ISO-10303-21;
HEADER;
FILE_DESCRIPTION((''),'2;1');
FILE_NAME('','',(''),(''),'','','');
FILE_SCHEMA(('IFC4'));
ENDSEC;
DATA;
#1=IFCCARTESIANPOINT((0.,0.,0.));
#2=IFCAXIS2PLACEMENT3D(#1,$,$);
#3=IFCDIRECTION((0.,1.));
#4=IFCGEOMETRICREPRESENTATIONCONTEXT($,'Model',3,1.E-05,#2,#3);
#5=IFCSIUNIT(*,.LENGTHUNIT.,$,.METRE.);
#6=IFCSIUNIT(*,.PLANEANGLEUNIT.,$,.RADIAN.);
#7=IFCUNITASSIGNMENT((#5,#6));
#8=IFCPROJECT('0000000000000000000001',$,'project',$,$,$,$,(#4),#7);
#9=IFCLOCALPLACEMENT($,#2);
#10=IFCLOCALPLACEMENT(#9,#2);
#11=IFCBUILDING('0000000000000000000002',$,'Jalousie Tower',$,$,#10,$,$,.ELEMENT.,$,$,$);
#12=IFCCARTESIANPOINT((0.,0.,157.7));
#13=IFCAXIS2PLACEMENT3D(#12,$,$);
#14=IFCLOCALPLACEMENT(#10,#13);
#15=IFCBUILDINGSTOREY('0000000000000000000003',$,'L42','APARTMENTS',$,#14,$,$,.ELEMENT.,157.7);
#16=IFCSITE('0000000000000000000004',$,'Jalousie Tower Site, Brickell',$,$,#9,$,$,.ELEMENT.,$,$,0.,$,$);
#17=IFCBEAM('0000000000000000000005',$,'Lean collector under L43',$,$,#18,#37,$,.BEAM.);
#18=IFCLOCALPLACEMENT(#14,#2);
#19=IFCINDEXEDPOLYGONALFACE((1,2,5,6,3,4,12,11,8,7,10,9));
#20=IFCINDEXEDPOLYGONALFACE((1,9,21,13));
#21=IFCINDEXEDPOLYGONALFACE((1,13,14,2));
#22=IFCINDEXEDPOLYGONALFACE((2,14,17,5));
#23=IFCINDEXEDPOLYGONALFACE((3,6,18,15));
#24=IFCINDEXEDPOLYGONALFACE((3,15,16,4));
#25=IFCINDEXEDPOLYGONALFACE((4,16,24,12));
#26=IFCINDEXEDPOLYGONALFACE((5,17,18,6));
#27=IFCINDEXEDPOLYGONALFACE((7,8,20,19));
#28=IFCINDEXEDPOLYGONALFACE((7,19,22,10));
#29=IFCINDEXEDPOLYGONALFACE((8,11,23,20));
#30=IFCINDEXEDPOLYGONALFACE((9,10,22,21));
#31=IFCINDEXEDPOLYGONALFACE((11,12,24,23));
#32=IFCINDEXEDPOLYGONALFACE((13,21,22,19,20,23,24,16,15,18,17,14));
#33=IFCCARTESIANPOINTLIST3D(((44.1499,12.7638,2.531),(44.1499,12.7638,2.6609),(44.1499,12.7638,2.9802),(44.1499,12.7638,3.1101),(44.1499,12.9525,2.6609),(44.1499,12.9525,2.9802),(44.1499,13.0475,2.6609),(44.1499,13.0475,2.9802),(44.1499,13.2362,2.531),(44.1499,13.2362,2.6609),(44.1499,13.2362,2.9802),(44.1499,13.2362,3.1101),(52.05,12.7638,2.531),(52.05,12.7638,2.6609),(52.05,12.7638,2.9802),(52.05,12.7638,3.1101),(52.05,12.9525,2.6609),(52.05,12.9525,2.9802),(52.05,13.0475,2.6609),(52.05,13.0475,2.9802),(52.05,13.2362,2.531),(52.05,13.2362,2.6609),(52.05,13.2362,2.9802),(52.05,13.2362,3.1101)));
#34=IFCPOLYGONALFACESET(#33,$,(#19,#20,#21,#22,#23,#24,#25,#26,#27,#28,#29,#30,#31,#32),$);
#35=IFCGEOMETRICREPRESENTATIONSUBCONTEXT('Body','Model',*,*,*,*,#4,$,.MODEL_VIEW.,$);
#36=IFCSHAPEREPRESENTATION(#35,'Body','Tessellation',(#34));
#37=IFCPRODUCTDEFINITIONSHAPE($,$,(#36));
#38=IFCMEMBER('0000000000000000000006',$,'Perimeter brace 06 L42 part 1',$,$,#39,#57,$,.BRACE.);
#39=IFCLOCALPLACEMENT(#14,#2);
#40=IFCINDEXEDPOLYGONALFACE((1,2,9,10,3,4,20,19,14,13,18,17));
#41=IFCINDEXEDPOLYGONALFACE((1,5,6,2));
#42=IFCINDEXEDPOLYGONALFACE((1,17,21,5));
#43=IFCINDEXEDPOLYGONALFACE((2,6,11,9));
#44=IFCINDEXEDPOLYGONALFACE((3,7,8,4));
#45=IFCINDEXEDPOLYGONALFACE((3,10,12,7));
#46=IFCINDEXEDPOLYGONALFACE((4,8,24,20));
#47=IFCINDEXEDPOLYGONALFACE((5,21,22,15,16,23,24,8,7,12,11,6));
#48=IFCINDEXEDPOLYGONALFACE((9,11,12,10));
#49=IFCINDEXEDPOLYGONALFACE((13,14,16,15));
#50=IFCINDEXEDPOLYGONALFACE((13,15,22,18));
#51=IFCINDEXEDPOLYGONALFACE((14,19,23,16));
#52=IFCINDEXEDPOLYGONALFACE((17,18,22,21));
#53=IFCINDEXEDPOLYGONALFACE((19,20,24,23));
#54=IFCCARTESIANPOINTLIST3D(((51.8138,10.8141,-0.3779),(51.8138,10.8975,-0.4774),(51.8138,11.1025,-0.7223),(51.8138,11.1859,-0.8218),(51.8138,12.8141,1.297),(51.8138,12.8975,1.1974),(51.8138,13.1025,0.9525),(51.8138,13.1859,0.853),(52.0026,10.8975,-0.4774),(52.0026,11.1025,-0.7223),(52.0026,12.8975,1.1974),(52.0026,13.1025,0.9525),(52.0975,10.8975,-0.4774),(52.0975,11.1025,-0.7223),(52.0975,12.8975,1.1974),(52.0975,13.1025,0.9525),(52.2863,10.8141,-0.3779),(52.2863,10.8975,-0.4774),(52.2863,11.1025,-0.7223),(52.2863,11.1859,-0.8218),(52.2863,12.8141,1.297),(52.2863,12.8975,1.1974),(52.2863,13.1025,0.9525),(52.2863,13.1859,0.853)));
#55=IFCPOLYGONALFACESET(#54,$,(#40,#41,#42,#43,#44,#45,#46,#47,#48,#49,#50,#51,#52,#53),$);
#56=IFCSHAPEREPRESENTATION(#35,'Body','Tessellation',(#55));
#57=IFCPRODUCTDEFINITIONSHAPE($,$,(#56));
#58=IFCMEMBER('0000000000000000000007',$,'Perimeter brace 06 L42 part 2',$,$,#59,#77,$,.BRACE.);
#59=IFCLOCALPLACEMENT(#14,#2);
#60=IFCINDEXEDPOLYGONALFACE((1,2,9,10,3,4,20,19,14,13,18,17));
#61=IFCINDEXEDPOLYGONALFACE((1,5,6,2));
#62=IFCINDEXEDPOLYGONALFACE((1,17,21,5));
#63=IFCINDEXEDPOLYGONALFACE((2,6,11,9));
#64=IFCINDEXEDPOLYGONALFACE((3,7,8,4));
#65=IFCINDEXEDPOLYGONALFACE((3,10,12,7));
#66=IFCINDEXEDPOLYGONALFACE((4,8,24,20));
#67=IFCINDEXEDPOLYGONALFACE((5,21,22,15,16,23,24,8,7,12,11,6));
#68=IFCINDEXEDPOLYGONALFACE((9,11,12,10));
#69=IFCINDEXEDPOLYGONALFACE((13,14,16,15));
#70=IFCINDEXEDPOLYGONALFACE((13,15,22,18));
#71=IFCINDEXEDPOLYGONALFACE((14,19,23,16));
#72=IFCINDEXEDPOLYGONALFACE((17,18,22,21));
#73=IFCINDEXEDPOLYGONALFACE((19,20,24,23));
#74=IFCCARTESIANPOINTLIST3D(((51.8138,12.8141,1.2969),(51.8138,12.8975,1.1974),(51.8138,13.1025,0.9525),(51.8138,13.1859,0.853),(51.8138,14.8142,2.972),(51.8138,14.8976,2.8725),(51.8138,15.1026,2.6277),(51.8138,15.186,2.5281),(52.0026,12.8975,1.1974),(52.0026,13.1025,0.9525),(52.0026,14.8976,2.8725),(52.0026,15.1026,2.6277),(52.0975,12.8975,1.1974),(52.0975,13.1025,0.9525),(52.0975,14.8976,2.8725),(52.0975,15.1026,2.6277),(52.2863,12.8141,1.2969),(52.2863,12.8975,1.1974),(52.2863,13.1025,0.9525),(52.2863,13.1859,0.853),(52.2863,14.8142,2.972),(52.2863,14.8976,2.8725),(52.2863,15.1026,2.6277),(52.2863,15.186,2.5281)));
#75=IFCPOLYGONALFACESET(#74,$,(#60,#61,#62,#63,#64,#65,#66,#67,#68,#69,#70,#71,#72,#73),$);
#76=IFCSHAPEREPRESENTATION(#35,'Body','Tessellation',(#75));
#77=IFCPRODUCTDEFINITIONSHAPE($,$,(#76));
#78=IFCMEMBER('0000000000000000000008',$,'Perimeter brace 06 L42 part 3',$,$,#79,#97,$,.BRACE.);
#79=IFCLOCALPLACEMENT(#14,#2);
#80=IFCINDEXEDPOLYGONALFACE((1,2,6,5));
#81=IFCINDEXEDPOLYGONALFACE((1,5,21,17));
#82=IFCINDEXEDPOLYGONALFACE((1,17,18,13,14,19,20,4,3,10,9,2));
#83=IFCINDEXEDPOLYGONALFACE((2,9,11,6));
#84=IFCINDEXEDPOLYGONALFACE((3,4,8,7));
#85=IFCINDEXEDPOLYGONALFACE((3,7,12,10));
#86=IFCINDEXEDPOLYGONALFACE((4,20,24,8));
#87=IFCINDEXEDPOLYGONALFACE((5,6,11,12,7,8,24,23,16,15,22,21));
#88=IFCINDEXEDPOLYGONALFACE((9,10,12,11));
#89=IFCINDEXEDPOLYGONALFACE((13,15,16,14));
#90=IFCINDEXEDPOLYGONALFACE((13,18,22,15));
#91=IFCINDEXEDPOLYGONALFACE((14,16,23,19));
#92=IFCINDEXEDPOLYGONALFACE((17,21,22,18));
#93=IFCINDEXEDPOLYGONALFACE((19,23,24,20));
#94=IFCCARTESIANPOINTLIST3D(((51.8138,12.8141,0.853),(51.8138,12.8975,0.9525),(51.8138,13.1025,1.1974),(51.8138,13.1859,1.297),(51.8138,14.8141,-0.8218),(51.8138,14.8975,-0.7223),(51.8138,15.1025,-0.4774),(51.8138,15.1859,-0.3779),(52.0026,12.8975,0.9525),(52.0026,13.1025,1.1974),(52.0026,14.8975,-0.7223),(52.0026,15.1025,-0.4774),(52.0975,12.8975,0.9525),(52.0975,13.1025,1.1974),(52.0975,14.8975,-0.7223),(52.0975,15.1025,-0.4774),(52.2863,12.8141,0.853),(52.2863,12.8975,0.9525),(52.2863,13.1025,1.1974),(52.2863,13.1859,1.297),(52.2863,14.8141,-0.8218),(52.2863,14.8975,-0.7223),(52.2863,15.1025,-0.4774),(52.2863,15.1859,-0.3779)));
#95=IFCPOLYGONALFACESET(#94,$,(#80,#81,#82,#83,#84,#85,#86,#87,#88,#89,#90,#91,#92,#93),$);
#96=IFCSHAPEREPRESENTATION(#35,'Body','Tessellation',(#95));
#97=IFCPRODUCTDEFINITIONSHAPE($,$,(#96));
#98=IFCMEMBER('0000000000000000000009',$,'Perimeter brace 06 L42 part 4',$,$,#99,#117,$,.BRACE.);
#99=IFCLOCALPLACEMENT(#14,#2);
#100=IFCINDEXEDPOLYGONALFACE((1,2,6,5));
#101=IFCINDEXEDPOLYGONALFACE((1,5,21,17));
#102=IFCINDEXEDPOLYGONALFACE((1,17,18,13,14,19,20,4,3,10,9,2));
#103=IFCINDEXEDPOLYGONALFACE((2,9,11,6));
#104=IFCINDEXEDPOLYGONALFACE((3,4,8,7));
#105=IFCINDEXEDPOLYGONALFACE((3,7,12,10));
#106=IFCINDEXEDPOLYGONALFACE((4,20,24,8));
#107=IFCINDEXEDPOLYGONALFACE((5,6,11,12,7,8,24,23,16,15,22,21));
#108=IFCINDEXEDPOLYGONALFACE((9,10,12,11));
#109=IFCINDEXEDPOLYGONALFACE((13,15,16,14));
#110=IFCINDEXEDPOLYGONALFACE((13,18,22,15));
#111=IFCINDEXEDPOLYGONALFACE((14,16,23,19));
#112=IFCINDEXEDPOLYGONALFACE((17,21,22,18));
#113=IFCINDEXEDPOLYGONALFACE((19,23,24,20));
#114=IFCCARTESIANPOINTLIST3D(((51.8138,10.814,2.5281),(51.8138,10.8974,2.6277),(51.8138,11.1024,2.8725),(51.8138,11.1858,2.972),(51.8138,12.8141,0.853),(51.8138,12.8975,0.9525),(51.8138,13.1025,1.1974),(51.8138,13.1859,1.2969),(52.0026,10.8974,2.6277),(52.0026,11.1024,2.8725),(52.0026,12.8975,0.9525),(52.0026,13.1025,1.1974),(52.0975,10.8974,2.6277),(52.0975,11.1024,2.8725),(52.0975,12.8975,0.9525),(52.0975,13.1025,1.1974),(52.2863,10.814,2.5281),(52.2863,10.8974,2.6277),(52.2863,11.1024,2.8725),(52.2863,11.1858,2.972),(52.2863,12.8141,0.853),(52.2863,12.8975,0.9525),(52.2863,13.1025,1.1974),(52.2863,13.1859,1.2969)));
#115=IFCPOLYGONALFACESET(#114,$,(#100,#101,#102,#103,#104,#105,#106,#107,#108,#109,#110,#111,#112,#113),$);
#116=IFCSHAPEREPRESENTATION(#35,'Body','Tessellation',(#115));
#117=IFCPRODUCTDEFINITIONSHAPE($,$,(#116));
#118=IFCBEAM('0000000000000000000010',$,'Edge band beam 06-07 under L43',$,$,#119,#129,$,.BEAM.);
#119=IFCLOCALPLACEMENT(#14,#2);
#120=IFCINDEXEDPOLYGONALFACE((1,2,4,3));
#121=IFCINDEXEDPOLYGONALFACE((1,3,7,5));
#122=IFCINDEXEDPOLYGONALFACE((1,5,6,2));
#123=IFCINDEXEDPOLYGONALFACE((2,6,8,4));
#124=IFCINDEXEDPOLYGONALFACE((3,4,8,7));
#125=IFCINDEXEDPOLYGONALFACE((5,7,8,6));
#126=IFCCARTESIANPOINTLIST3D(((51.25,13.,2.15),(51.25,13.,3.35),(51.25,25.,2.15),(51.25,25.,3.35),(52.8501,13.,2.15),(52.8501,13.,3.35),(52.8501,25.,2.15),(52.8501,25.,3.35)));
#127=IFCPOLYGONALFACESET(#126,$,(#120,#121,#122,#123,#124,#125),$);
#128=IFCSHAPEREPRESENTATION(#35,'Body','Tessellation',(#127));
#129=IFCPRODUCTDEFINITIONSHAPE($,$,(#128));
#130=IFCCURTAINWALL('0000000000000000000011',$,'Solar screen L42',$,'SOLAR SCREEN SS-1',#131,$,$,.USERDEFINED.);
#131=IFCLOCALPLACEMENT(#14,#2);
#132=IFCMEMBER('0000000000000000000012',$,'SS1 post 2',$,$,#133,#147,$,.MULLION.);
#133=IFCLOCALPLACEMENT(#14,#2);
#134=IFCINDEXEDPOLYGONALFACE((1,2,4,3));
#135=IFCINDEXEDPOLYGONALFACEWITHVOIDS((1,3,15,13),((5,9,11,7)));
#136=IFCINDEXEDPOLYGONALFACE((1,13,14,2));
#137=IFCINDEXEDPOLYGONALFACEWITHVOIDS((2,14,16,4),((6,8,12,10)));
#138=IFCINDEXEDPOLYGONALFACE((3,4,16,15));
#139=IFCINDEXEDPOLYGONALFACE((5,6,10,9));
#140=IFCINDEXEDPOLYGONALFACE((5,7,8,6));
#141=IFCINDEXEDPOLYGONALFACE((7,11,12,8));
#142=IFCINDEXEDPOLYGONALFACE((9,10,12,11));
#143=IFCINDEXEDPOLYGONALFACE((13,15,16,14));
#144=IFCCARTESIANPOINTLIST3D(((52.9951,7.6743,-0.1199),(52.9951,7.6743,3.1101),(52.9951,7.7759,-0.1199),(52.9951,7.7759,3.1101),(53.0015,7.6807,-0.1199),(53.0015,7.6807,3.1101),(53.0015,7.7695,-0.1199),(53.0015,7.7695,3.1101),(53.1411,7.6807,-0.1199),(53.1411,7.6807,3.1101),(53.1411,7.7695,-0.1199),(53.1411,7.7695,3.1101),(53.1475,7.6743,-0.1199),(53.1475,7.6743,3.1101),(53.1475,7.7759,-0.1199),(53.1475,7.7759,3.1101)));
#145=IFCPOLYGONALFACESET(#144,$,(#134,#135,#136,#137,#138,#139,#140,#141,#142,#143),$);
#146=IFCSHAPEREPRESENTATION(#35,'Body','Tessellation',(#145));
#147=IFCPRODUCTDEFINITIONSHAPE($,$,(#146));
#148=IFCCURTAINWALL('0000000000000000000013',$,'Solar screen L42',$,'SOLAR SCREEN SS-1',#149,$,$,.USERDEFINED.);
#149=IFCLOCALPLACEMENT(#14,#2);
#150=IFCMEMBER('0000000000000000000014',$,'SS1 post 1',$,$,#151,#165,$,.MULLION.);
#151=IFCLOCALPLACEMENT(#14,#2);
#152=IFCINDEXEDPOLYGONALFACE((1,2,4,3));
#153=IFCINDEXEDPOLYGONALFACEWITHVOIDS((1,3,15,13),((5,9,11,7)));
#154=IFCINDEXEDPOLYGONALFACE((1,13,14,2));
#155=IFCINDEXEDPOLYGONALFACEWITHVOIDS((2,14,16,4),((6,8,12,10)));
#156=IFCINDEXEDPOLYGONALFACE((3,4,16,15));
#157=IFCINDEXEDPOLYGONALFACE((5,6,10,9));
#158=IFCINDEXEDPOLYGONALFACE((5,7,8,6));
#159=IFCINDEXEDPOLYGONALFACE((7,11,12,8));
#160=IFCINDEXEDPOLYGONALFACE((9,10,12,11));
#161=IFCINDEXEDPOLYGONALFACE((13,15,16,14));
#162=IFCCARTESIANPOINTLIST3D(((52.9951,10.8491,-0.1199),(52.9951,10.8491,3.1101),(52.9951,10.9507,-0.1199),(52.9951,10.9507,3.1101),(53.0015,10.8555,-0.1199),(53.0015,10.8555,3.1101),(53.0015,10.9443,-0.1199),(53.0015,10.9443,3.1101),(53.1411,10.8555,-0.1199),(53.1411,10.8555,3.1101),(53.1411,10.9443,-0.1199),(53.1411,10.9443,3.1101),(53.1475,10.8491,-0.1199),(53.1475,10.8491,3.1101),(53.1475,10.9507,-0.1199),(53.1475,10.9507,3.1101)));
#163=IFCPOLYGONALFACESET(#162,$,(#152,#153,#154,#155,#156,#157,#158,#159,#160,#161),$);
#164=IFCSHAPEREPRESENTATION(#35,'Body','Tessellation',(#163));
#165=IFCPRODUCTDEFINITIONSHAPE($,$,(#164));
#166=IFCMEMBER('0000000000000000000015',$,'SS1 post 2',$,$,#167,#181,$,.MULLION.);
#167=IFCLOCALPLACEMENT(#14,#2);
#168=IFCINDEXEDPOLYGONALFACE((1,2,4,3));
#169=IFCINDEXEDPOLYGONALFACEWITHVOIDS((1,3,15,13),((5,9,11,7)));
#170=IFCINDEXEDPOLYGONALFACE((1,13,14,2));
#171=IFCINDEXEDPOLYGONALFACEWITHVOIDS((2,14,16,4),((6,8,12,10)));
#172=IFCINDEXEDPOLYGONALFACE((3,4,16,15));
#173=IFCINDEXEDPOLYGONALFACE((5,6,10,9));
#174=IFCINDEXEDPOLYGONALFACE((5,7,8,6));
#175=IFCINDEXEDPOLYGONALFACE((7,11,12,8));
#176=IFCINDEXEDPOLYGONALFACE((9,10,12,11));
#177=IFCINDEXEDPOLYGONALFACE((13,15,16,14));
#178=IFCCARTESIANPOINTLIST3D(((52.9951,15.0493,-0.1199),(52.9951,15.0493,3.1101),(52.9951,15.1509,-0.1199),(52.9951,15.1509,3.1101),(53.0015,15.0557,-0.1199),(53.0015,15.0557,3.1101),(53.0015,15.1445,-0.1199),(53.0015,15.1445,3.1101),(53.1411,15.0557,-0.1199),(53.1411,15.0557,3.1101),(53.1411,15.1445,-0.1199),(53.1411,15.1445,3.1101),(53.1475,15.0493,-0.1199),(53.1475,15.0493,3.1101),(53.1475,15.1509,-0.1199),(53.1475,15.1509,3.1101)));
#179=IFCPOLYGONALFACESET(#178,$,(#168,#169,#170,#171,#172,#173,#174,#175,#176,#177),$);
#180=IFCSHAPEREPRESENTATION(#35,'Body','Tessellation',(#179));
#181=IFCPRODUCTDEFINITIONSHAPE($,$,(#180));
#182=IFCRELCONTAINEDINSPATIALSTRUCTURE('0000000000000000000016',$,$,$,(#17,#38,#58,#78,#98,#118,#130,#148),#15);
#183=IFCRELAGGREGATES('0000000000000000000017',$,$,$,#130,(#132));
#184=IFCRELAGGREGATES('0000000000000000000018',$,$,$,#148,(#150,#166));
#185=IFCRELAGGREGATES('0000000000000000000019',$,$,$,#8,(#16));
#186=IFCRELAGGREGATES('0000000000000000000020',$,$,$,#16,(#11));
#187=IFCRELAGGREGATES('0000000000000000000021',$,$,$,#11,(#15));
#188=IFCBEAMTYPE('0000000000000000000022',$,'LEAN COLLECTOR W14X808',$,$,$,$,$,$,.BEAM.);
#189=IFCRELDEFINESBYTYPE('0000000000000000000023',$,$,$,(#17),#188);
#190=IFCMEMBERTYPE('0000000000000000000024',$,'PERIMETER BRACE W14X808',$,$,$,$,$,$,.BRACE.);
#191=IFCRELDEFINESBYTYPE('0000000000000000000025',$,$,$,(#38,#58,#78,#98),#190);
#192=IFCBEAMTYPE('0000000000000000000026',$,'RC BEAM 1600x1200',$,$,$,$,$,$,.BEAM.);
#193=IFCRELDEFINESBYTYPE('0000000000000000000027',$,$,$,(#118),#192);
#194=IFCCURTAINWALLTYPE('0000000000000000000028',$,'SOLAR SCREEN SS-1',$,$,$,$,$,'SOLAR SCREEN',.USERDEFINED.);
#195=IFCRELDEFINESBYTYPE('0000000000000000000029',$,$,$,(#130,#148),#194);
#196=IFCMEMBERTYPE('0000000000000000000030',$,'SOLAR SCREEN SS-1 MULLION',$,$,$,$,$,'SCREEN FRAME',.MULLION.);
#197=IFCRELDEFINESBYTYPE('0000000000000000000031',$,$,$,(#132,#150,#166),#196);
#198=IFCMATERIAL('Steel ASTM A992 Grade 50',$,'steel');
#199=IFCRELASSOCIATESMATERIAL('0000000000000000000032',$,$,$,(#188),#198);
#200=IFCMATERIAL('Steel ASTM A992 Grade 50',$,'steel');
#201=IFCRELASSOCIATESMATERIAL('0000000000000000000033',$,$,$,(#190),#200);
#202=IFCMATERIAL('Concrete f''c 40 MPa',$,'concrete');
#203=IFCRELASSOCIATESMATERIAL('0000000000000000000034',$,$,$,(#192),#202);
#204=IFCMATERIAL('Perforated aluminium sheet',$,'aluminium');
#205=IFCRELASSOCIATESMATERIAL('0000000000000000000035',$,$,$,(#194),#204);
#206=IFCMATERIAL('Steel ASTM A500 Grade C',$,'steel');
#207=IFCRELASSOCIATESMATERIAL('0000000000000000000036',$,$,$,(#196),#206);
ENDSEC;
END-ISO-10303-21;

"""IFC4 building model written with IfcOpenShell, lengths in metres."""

from ifc_helpers import new_model, si_unit, direction, frame, origin, origin_2d, place, context, subcontext, project, spatial, rectangle, hollow_rectangle, i_section, extrude, material, material_profile, profile_set, type_object, element, aggregate, save


model = new_model("IFC4")

# Units and contexts
model_context = context("Model", 3, precision=1e-05, world=origin(), true_north=direction((0.0, 1.0)))
body_context = subcontext(model_context, "Body", "Model", "MODEL_VIEW")
ifc_project = project(units=[si_unit("LENGTHUNIT", "METRE"), si_unit("PLANEANGLEUNIT", "RADIAN")], contexts=[model_context])

# Site, building, storey
site_placement = place(None, origin())
site = spatial("IfcSite", under=ifc_project, at=site_placement, Name="Jalousie Tower Site, Brickell", CompositionType="ELEMENT", RefElevation=0.0)
building_placement = place(site_placement, origin())
building = spatial("IfcBuilding", under=site, at=building_placement, Name="Jalousie Tower", CompositionType="ELEMENT")
storey_placement = place(building_placement, frame((0.0, 0.0, 157.7)))
storey = spatial("IfcBuildingStorey", under=building, at=storey_placement, Name="L42", Description="APARTMENTS", CompositionType="ELEMENT", Elevation=157.7)

# Beam
ifc_material_1 = material(Name="Steel ASTM A992 Grade 50", Category="steel")
ifc_material_profile_1 = material_profile(ifc_material_1, i_section(OverallWidth=0.4724, OverallDepth=0.5791, WebThickness=0.095, FlangeThickness=0.1299, at=origin_2d()), Name="W14X808")
ifc_profile_set_1 = profile_set([ifc_material_profile_1], Name="Steel ASTM A992 Grade 50")
beam_type_1 = type_object("IfcBeamType", Name="LEAN COLLECTOR W14X808", PredefinedType="BEAM", material=ifc_profile_set_1)
beam_1_placement = place(storey_placement, frame((52.05, 13.0, 2.8206), z_axis=(-1.0, 0.0, 0.0), x_axis=(0.0, -1.0, 0.0)))
element("IfcBeam", 1, at=beam_1_placement, inside=storey, type_object=beam_type_1, Name="Lean collector under L43", PredefinedType="BEAM", context=body_context, shape_type="SweptSolid", body=[
    extrude(i_section(OverallWidth=0.4724, OverallDepth=0.5791, WebThickness=0.095, FlangeThickness=0.1299, at=origin_2d()), origin(), (0.0, 0.0, 1.0), 7.9001),
])

# Members
ifc_material_2 = material(Name="Steel ASTM A992 Grade 50", Category="steel")
ifc_material_profile_2 = material_profile(ifc_material_2, i_section(OverallWidth=0.4724, OverallDepth=0.5791, WebThickness=0.095, FlangeThickness=0.1299, at=origin_2d()), Name="W14X808")
ifc_profile_set_2 = profile_set([ifc_material_profile_2], Name="Steel ASTM A992 Grade 50")
member_type_1 = type_object("IfcMemberType", Name="PERIMETER BRACE W14X808", PredefinedType="BRACE", material=ifc_profile_set_2)
member_1_placement = place(storey_placement, frame((52.05, 11.0, -0.5999), z_axis=(0.0, 0.766685, 0.642024), x_axis=(-1.0, 0.0, 0.0)))
element("IfcMember", 2, at=member_1_placement, inside=storey, type_object=member_type_1, Name="Perimeter brace 06 L42 part 1", PredefinedType="BRACE", context=body_context, shape_type="SweptSolid", body=[
    extrude(i_section(OverallWidth=0.4724, OverallDepth=0.5791, WebThickness=0.095, FlangeThickness=0.1299, at=origin_2d()), origin(), (0.0, 0.0, 1.0), 2.6086),
])
member_2_placement = place(storey_placement, frame((52.05, 13.0, 1.075), z_axis=(0.0, 0.766639, 0.642079), x_axis=(-1.0, 0.0, 0.0)))
element("IfcMember", 3, at=member_2_placement, inside=storey, type_object=member_type_1, Name="Perimeter brace 06 L42 part 2", PredefinedType="BRACE", context=body_context, shape_type="SweptSolid", body=[
    extrude(i_section(OverallWidth=0.4724, OverallDepth=0.5791, WebThickness=0.095, FlangeThickness=0.1299, at=origin_2d()), origin(), (0.0, 0.0, 1.0), 2.6089),
])
member_3_placement = place(storey_placement, frame((52.05, 15.0, -0.5999), z_axis=(0.0, -0.766685, 0.642024), x_axis=(1.0, 0.0, 0.0)))
element("IfcMember", 4, at=member_3_placement, inside=storey, type_object=member_type_1, Name="Perimeter brace 06 L42 part 3", PredefinedType="BRACE", context=body_context, shape_type="SweptSolid", body=[
    extrude(i_section(OverallWidth=0.4724, OverallDepth=0.5791, WebThickness=0.095, FlangeThickness=0.1299, at=origin_2d()), origin(), (0.0, 0.0, 1.0), 2.6086),
])
member_4_placement = place(storey_placement, frame((52.05, 13.0, 1.075), z_axis=(0.0, -0.766639, 0.642079), x_axis=(1.0, 0.0, 0.0)))
element("IfcMember", 5, at=member_4_placement, inside=storey, type_object=member_type_1, Name="Perimeter brace 06 L42 part 4", PredefinedType="BRACE", context=body_context, shape_type="SweptSolid", body=[
    extrude(i_section(OverallWidth=0.4724, OverallDepth=0.5791, WebThickness=0.095, FlangeThickness=0.1299, at=origin_2d()), origin(), (0.0, 0.0, 1.0), 2.6089),
])

# Beam
ifc_material_3 = material(Name="Concrete f'c 40 MPa", Category="concrete")
ifc_material_profile_3 = material_profile(ifc_material_3, rectangle(XDim=1.6001, YDim=1.2, at=origin_2d()), Name="RC 1600x1200")
ifc_profile_set_3 = profile_set([ifc_material_profile_3], Name="Concrete f'c 40 MPa")
beam_type_2 = type_object("IfcBeamType", Name="RC BEAM 1600x1200", PredefinedType="BEAM", material=ifc_profile_set_3)
beam_2_placement = place(storey_placement, frame((52.05, 13.0, 2.75), z_axis=(0.0, 1.0, 0.0), x_axis=(-1.0, 0.0, 0.0)))
element("IfcBeam", 6, at=beam_2_placement, inside=storey, type_object=beam_type_2, Name="Edge band beam 06-07 under L43", PredefinedType="BEAM", context=body_context, shape_type="SweptSolid", body=[
    extrude(rectangle(XDim=1.6001, YDim=1.2, at=origin_2d()), origin(), (0.0, 0.0, 1.0), 12.0),
])

# Curtain wall, member
ifc_material_4 = material(Name="Perforated aluminium sheet", Category="aluminium")
curtain_wall_type = type_object("IfcCurtainWallType", Name="SOLAR SCREEN SS-1", ElementType="SOLAR SCREEN", PredefinedType="USERDEFINED", material=ifc_material_4)
curtain_wall_1_placement = place(storey_placement, origin())
curtain_wall_1 = element("IfcCurtainWall", 7, at=curtain_wall_1_placement, inside=storey, type_object=curtain_wall_type, Name="Solar screen L42", ObjectType="SOLAR SCREEN SS-1", PredefinedType="USERDEFINED")
ifc_material_5 = material(Name="Steel ASTM A500 Grade C", Category="steel")
ifc_material_profile_4 = material_profile(ifc_material_5, hollow_rectangle(XDim=0.1016, YDim=0.1523, WallThickness=0.0063, at=origin_2d()), Name="HSS6X4X1/4")
ifc_profile_set_4 = profile_set([ifc_material_profile_4], Name="Steel ASTM A500 Grade C")
member_type_2 = type_object("IfcMemberType", Name="SOLAR SCREEN SS-1 MULLION", ElementType="SCREEN FRAME", PredefinedType="MULLION", material=ifc_profile_set_4)
member_5_placement = place(storey_placement, frame((53.0713, 7.7251, -0.1199), z_axis=(0.0, 0.0, 1.0), x_axis=(0.0, 1.0, 0.0)))
member_5 = element("IfcMember", 8, at=member_5_placement, type_object=member_type_2, Name="SS1 post 2", PredefinedType="MULLION", context=body_context, shape_type="SweptSolid", body=[
    extrude(hollow_rectangle(XDim=0.1016, YDim=0.1523, WallThickness=0.0063, at=origin_2d()), origin(), (0.0, 0.0, 1.0), 3.23),
])

# Curtain wall, members
curtain_wall_2_placement = place(storey_placement, origin())
curtain_wall_2 = element("IfcCurtainWall", 9, at=curtain_wall_2_placement, inside=storey, type_object=curtain_wall_type, Name="Solar screen L42", ObjectType="SOLAR SCREEN SS-1", PredefinedType="USERDEFINED")
member_6_placement = place(storey_placement, frame((53.0713, 10.8999, -0.1199), z_axis=(0.0, 0.0, 1.0), x_axis=(0.0, 1.0, 0.0)))
member_6 = element("IfcMember", 10, at=member_6_placement, type_object=member_type_2, Name="SS1 post 1", PredefinedType="MULLION", context=body_context, shape_type="SweptSolid", body=[
    extrude(hollow_rectangle(XDim=0.1016, YDim=0.1523, WallThickness=0.0063, at=origin_2d()), origin(), (0.0, 0.0, 1.0), 3.23),
])
member_7_placement = place(storey_placement, frame((53.0713, 15.1001, -0.1199), z_axis=(0.0, 0.0, 1.0), x_axis=(0.0, 1.0, 0.0)))
member_7 = element("IfcMember", 11, at=member_7_placement, type_object=member_type_2, Name="SS1 post 2", PredefinedType="MULLION", context=body_context, shape_type="SweptSolid", body=[
    extrude(hollow_rectangle(XDim=0.1016, YDim=0.1523, WallThickness=0.0063, at=origin_2d()), origin(), (0.0, 0.0, 1.0), 3.23),
])

aggregate(curtain_wall_1, [member_5])
aggregate(curtain_wall_2, [member_6, member_7])

save(model, "model.ifc")
